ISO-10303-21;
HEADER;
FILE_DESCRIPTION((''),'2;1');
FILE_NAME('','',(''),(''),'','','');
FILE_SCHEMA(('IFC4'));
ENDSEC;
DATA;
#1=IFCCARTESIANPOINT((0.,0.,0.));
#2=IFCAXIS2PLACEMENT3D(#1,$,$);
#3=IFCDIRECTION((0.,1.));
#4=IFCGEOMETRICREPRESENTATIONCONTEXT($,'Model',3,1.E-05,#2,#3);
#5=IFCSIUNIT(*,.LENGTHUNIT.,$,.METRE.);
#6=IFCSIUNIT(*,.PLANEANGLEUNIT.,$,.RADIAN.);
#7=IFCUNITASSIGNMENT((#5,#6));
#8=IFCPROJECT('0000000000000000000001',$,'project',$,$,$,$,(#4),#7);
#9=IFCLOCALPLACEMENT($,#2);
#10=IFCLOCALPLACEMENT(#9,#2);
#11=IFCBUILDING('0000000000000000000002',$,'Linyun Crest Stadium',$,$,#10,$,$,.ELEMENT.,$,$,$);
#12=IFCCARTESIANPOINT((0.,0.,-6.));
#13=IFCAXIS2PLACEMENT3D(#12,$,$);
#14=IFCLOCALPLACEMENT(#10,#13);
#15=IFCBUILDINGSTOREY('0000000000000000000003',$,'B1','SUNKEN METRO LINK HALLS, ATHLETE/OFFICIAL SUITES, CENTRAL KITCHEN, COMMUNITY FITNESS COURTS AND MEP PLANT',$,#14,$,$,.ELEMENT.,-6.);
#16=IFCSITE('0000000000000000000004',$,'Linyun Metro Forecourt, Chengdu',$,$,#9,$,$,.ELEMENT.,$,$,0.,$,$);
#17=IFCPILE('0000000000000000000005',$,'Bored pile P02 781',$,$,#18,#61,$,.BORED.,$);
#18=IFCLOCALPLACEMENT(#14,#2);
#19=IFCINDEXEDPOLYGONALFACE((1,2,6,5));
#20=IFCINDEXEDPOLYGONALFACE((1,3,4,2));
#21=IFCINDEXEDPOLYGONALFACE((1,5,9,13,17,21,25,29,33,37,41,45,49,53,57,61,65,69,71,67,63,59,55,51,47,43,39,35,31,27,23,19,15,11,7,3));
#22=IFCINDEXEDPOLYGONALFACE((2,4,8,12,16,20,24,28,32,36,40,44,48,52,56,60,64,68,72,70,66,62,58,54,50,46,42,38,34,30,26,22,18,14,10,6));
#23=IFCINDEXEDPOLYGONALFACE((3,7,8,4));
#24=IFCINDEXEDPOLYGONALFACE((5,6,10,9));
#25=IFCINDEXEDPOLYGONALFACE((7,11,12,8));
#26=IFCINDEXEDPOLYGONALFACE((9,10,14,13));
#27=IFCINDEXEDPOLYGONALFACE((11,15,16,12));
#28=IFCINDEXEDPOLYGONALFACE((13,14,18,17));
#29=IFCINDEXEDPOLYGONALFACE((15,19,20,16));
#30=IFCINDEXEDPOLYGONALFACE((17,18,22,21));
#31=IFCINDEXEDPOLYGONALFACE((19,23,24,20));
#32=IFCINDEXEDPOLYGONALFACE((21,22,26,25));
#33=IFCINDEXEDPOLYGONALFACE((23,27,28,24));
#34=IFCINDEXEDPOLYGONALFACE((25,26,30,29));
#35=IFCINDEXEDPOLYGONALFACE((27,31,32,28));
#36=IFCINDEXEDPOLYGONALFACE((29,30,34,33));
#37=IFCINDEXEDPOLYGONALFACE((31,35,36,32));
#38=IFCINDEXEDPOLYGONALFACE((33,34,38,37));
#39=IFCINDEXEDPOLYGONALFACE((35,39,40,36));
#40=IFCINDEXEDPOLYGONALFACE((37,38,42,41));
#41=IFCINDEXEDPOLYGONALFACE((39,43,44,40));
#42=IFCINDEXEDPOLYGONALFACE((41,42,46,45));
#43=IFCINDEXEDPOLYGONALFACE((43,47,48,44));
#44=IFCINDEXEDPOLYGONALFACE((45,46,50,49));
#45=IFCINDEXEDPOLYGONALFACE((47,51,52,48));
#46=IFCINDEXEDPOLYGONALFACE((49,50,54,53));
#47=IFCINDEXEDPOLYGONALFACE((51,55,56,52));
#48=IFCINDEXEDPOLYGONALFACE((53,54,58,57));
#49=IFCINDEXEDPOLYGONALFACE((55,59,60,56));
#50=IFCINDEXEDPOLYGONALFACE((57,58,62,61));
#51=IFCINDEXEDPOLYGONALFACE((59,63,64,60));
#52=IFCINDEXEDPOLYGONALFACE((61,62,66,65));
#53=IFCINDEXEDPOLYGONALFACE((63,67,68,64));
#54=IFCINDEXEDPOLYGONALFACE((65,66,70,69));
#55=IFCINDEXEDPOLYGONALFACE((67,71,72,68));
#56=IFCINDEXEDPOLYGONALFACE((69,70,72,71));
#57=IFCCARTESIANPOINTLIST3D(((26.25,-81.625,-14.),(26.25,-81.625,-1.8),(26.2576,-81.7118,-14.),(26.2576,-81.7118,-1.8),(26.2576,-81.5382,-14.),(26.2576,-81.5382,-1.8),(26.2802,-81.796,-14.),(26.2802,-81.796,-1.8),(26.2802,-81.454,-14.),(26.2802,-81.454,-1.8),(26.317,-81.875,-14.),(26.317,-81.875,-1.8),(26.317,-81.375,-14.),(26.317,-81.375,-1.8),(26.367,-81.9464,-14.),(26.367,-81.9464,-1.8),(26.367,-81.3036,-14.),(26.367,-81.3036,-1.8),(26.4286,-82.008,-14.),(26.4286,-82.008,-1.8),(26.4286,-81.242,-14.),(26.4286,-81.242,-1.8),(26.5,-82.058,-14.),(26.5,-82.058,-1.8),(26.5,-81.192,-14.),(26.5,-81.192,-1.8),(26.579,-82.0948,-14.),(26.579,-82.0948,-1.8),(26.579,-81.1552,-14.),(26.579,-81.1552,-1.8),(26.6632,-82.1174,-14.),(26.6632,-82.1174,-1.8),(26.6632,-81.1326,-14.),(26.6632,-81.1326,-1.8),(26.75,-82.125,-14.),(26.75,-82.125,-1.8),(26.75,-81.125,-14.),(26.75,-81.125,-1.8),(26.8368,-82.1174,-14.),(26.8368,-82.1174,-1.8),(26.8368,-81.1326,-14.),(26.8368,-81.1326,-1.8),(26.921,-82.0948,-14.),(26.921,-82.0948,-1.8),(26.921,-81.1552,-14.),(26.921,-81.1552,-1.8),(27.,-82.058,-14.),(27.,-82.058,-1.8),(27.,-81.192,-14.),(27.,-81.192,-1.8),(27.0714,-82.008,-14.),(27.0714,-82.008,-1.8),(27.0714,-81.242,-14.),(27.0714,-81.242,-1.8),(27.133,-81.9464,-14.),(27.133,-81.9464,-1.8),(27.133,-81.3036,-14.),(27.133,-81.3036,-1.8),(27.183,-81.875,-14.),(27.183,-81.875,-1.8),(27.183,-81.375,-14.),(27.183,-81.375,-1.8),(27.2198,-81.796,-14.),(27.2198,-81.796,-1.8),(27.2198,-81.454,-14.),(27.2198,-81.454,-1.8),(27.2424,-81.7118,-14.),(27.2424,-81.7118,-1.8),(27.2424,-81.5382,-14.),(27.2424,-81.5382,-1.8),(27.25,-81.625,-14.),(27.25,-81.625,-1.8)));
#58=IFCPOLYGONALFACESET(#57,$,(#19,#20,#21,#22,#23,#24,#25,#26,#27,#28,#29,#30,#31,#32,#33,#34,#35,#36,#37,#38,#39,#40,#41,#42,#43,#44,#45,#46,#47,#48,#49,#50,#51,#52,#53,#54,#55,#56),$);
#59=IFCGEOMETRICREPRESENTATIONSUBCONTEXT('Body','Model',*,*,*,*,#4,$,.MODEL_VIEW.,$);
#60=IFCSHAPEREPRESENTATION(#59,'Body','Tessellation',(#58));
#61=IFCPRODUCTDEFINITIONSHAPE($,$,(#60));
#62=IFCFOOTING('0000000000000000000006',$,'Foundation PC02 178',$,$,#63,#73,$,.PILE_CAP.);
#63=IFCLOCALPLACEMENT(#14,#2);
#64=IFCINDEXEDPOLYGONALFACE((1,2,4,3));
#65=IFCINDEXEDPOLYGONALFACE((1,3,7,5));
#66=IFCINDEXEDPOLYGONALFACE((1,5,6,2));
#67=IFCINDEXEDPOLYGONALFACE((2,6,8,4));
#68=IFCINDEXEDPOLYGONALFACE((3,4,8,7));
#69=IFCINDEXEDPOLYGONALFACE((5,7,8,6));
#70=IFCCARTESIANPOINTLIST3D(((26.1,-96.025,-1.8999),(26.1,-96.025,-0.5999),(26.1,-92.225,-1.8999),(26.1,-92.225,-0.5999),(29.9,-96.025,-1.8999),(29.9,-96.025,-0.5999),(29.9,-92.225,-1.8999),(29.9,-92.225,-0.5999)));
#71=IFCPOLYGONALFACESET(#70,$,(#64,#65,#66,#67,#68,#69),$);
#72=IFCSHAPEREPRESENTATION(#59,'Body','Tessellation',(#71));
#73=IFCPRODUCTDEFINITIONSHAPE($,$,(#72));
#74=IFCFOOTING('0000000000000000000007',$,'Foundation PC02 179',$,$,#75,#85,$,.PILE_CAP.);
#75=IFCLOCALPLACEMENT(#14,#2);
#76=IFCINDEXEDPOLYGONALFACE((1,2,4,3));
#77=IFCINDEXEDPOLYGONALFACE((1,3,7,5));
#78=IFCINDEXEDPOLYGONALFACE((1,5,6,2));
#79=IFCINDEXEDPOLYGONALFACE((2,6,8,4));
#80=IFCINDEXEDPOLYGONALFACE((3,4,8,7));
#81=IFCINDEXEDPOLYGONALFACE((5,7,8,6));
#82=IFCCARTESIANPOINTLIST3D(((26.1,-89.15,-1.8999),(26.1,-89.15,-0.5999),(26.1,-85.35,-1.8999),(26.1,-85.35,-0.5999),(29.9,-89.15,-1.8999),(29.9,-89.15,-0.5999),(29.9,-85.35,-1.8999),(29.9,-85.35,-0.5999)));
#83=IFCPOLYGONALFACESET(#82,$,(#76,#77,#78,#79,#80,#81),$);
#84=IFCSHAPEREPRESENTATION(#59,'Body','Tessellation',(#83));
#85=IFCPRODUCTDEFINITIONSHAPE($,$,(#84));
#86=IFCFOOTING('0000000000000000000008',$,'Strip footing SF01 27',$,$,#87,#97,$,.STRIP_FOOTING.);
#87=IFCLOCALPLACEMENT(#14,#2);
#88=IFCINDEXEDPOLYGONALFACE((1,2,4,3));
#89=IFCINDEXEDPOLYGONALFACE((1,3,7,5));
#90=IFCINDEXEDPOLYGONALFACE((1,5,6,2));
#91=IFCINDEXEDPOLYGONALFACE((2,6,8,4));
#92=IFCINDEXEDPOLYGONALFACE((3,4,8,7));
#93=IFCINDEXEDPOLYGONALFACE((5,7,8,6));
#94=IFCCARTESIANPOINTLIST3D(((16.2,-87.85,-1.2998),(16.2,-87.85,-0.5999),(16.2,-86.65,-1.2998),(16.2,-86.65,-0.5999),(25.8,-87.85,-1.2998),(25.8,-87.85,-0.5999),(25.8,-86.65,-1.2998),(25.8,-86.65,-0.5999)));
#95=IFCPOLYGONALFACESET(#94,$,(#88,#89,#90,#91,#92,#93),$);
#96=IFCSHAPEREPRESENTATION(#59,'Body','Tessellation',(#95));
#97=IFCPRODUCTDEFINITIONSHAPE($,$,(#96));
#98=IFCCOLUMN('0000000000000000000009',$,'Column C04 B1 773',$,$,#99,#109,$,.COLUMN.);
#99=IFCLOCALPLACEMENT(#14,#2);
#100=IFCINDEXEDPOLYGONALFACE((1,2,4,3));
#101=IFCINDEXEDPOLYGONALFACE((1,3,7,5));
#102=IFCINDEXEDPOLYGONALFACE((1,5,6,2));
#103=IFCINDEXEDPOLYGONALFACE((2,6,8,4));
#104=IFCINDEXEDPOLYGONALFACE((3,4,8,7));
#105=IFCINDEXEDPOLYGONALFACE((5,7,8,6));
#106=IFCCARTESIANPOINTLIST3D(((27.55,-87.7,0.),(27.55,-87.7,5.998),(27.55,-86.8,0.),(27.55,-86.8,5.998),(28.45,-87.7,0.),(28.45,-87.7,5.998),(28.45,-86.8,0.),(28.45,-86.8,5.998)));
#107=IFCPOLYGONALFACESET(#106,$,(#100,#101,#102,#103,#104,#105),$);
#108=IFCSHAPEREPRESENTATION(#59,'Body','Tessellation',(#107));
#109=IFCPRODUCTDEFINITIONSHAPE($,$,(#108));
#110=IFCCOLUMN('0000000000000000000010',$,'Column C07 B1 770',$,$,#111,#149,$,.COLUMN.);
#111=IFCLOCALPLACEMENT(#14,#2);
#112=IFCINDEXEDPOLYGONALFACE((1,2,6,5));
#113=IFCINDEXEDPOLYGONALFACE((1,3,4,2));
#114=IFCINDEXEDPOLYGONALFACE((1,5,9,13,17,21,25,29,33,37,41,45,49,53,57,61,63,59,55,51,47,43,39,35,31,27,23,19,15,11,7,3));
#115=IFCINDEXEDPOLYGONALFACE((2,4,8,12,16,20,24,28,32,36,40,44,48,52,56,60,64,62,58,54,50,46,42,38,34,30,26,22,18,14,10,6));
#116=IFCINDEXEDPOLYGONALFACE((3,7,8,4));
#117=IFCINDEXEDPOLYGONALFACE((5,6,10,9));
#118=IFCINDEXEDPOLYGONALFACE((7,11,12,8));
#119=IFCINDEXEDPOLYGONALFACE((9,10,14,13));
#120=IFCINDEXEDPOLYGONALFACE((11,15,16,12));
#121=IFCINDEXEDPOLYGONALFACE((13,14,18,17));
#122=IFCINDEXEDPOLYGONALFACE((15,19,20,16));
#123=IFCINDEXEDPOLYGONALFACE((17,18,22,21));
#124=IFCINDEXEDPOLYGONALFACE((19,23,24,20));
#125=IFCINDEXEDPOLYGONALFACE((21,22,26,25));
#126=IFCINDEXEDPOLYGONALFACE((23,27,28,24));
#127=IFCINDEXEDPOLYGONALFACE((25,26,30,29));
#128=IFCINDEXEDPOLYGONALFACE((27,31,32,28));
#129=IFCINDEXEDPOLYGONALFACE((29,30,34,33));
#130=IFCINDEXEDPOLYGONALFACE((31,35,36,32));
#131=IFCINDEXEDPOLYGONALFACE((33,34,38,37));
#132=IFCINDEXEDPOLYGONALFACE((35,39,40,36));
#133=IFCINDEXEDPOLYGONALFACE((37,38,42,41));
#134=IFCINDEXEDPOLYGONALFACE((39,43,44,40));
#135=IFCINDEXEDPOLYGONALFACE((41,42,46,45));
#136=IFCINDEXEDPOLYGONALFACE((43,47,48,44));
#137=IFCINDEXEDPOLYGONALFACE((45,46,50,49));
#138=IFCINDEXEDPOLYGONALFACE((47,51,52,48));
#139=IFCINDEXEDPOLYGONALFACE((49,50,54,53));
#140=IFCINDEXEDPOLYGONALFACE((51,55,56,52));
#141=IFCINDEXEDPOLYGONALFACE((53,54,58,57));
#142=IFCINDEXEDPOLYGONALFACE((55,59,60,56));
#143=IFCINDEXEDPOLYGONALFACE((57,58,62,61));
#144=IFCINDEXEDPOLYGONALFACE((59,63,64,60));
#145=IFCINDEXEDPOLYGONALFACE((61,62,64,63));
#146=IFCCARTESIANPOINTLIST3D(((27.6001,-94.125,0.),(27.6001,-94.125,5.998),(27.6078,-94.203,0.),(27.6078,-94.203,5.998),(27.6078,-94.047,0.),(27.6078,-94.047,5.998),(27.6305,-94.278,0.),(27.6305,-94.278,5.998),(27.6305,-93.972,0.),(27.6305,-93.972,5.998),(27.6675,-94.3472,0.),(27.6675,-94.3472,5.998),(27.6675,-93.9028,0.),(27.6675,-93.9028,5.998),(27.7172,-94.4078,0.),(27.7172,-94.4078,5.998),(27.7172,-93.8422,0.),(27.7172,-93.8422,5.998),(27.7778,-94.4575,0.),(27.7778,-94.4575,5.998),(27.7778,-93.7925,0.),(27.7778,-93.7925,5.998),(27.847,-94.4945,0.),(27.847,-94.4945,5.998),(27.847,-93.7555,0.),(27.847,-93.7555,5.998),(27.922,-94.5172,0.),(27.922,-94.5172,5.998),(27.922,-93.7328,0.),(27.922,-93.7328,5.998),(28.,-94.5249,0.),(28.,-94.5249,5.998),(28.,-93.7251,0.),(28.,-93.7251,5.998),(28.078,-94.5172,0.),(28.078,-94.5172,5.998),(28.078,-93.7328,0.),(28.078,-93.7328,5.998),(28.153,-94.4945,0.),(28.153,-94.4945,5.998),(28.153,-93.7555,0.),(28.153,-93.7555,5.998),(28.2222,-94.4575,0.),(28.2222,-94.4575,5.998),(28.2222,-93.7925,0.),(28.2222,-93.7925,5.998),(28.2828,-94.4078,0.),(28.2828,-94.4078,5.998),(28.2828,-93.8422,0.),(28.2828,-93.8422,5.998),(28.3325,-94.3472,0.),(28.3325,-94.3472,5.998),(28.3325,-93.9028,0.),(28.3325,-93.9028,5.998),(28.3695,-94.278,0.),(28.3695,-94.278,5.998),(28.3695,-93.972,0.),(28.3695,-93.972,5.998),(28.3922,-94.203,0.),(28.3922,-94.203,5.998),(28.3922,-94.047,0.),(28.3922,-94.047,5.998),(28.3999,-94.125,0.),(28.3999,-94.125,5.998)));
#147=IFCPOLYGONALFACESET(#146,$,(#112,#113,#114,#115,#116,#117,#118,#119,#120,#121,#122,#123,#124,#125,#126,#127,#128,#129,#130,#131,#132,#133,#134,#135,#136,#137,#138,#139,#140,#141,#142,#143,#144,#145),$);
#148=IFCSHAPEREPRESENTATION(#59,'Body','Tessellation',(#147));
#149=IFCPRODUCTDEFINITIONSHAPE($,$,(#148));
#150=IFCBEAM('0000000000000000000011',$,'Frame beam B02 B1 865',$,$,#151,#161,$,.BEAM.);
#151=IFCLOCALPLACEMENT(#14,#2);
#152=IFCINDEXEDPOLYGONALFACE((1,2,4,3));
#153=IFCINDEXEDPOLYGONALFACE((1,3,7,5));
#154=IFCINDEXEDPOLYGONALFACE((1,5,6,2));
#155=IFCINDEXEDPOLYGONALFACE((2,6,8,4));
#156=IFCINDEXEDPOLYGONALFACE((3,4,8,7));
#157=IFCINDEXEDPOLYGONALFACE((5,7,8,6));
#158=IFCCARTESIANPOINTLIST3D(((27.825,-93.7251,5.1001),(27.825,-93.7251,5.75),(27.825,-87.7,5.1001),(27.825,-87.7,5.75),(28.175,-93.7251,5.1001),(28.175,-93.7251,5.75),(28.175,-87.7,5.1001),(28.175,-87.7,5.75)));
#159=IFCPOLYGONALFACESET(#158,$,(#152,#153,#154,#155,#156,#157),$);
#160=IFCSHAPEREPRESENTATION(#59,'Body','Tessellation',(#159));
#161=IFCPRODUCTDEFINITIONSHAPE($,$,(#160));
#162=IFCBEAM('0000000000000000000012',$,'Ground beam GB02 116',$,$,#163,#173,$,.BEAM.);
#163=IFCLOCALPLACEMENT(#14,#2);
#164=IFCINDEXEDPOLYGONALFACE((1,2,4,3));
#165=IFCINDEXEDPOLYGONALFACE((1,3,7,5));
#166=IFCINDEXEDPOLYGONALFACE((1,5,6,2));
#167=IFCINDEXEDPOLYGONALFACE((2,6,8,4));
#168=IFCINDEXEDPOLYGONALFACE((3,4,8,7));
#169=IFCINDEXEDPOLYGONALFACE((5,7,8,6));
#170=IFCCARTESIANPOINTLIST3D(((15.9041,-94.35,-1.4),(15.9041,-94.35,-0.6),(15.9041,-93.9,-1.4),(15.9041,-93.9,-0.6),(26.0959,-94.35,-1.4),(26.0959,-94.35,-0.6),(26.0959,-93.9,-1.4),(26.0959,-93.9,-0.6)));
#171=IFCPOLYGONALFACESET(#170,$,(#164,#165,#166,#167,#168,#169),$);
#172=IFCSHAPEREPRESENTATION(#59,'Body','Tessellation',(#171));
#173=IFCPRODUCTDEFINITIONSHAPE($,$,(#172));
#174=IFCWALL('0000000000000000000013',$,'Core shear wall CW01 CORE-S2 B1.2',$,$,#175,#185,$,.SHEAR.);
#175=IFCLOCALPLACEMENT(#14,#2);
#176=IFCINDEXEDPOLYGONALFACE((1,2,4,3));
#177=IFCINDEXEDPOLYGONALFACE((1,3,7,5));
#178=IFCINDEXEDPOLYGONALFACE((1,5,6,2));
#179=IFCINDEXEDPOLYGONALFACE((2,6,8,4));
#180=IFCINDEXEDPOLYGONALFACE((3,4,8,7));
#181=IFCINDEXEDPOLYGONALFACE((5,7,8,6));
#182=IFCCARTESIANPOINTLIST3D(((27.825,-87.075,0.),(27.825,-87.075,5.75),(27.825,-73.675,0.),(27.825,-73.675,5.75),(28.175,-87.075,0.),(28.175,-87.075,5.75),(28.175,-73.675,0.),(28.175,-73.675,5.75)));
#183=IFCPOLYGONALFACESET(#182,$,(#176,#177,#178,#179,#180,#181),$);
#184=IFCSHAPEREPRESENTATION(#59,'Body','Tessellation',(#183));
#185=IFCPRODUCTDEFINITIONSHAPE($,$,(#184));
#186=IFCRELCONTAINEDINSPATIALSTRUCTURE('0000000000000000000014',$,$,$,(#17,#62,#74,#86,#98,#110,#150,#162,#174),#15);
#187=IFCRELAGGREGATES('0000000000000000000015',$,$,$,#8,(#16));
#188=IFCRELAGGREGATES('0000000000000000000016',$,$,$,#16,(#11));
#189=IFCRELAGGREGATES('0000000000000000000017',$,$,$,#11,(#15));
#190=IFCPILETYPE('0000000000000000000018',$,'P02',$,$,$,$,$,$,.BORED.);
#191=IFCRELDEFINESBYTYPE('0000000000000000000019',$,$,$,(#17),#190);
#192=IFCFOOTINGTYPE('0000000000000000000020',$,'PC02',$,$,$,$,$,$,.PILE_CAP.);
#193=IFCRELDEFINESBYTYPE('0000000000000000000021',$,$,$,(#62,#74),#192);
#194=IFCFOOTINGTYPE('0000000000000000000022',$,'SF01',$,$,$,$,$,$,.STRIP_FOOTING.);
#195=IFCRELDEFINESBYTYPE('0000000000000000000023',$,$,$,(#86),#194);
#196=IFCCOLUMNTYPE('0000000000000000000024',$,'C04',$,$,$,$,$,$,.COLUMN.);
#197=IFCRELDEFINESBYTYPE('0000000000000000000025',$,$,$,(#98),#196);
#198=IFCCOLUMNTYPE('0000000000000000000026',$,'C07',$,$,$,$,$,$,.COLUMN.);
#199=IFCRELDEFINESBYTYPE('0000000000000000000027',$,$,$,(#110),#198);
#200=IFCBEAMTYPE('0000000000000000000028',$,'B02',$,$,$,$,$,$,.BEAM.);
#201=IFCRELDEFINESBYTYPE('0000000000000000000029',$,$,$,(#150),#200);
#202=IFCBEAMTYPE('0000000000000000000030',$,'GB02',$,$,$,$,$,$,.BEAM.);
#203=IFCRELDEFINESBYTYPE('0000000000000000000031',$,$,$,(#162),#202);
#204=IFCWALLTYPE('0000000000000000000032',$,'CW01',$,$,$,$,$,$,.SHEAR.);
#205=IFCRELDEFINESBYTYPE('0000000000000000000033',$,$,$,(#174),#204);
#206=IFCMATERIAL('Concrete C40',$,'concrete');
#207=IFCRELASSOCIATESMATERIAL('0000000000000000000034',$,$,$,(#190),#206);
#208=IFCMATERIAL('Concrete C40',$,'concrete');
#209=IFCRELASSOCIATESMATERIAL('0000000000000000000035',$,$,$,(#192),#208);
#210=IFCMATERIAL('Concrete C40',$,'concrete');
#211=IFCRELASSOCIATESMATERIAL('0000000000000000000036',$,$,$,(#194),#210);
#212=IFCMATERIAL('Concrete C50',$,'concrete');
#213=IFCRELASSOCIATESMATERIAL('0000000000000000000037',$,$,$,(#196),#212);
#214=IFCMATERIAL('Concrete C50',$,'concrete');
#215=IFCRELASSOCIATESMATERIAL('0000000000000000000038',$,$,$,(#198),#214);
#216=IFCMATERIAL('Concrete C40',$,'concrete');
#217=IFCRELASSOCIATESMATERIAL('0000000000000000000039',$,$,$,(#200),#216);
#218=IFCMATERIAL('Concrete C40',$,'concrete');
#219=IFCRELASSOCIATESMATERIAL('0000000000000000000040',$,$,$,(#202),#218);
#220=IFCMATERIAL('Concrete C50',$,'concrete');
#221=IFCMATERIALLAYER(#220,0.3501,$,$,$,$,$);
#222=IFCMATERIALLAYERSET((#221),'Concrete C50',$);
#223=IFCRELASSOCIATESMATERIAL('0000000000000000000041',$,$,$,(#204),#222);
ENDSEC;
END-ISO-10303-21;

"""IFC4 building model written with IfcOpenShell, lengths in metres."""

from ifc_helpers import new_model, si_unit, direction, frame, frame_2d, origin, origin_2d, place, context, subcontext, project, spatial, rectangle, circle, extrude, material, layer, layer_set, material_profile, profile_set, type_object, element, save


model = new_model("IFC4")

# Units and contexts
model_context = context("Model", 3, precision=1e-05, world=origin(), true_north=direction((0.0, 1.0)))
body_context = subcontext(model_context, "Body", "Model", "MODEL_VIEW")
ifc_project = project(units=[si_unit("LENGTHUNIT", "METRE"), si_unit("PLANEANGLEUNIT", "RADIAN")], contexts=[model_context])

# Site, building, storey
site_placement = place(None, origin())
site = spatial("IfcSite", under=ifc_project, at=site_placement, Name="Linyun Metro Forecourt, Chengdu", CompositionType="ELEMENT", RefElevation=0.0)
building_placement = place(site_placement, origin())
building = spatial("IfcBuilding", under=site, at=building_placement, Name="Linyun Crest Stadium", CompositionType="ELEMENT")
storey_placement = place(building_placement, frame((0.0, 0.0, -6.0)))
storey = spatial("IfcBuildingStorey", under=building, at=storey_placement, Name="B1", Description="SUNKEN METRO LINK HALLS, ATHLETE/OFFICIAL SUITES, CENTRAL KITCHEN, COMMUNITY FITNESS COURTS AND MEP PLANT", CompositionType="ELEMENT", Elevation=-6.0)

# Pile
ifc_material_1 = material(Name="Concrete C40", Category="concrete")
ifc_material_profile_1 = material_profile(ifc_material_1, circle(Radius=0.5, at=origin_2d()), Name="BORED PILE 1000")
ifc_profile_set_1 = profile_set([ifc_material_profile_1], Name="Concrete C40")
pile_type = type_object("IfcPileType", Name="P02", PredefinedType="BORED", material=ifc_profile_set_1)
for number, where, z_axis, x_axis, name in (
    (1, (26.75, -81.625, -1.8), (0.0, 0.0, -1.0), (1.0, 0.0, 0.0), "Bored pile P02 781"),
):
    element("IfcPile", number, at=place(storey_placement, frame(where, z_axis=z_axis, x_axis=x_axis)), inside=storey, type_object=pile_type, Name=name, PredefinedType="BORED", context=body_context, shape_type="SweptSolid", body=[
        extrude(circle(Radius=0.5, at=origin_2d()), origin(), (0.0, 0.0, 1.0), 12.2),
    ])

# Footings
ifc_material_2 = material(Name="Concrete C40", Category="concrete")
footing_type_1 = type_object("IfcFootingType", Name="PC02", PredefinedType="PILE_CAP", material=ifc_material_2)
for number, where, z_axis, x_axis, name in (
    (2, (28.0, -94.125, -1.8999), (0.0, 0.0, 1.0), (1.0, 0.0, 0.0), "Foundation PC02 178"),
    (3, (28.0, -87.25, -1.8999), (0.0, 0.0, 1.0), (1.0, 0.0, 0.0), "Foundation PC02 179"),
):
    element("IfcFooting", number, at=place(storey_placement, frame(where, z_axis=z_axis, x_axis=x_axis)), inside=storey, type_object=footing_type_1, Name=name, PredefinedType="PILE_CAP", context=body_context, shape_type="SweptSolid", body=[
        extrude(rectangle(XDim=3.8, YDim=3.8, at=origin_2d()), origin(), (0.0, 0.0, 1.0), 1.3),
    ])
ifc_material_3 = material(Name="Concrete C40", Category="concrete")
footing_type_2 = type_object("IfcFootingType", Name="SF01", PredefinedType="STRIP_FOOTING", material=ifc_material_3)
footing_placement = place(storey_placement, frame((21.0, -87.25, -1.2998), z_axis=(0.0, 0.0, 1.0), x_axis=(1.0, 0.0, 0.0)))
element("IfcFooting", 4, at=footing_placement, inside=storey, type_object=footing_type_2, Name="Strip footing SF01 27", PredefinedType="STRIP_FOOTING", context=body_context, shape_type="SweptSolid", body=[
    extrude(rectangle(XDim=9.6001, YDim=1.2, at=origin_2d()), origin(), (0.0, 0.0, 1.0), 0.7),
])

# Columns
ifc_material_4 = material(Name="Concrete C50", Category="concrete")
ifc_material_profile_2 = material_profile(ifc_material_4, rectangle(XDim=0.8999, YDim=0.8999, at=origin_2d()), Name="RC 900x900")
ifc_profile_set_2 = profile_set([ifc_material_profile_2], Name="Concrete C50")
column_type_1 = type_object("IfcColumnType", Name="C04", PredefinedType="COLUMN", material=ifc_profile_set_2)
column_1_placement = place(storey_placement, frame((28.0, -87.25, 0.0), z_axis=(0.0, 0.0, 1.0), x_axis=(1.0, 0.0, 0.0)))
element("IfcColumn", 5, at=column_1_placement, inside=storey, type_object=column_type_1, Name="Column C04 B1 773", PredefinedType="COLUMN", context=body_context, shape_type="SweptSolid", body=[
    extrude(rectangle(XDim=0.8999, YDim=0.8999, at=origin_2d()), origin(), (0.0, 0.0, 1.0), 5.998),
])
ifc_material_5 = material(Name="Concrete C50", Category="concrete")
ifc_material_profile_3 = material_profile(ifc_material_5, circle(Radius=0.3999, at=origin_2d()), Name="RC D800")
ifc_profile_set_3 = profile_set([ifc_material_profile_3], Name="Concrete C50")
column_type_2 = type_object("IfcColumnType", Name="C07", PredefinedType="COLUMN", material=ifc_profile_set_3)
column_2_placement = place(storey_placement, frame((28.0, -94.125, 0.0), z_axis=(0.0, 0.0, 1.0), x_axis=(1.0, 0.0, 0.0)))
element("IfcColumn", 6, at=column_2_placement, inside=storey, type_object=column_type_2, Name="Column C07 B1 770", PredefinedType="COLUMN", context=body_context, shape_type="SweptSolid", body=[
    extrude(circle(Radius=0.3999, at=origin_2d()), origin(), (0.0, 0.0, 1.0), 5.998),
])

# Beams
ifc_material_6 = material(Name="Concrete C40", Category="concrete")
ifc_material_profile_4 = material_profile(ifc_material_6, rectangle(XDim=0.3501, YDim=0.6499, at=origin_2d()), Name="RCB 650x350")
ifc_profile_set_4 = profile_set([ifc_material_profile_4], Name="Concrete C40")
beam_type_1 = type_object("IfcBeamType", Name="B02", PredefinedType="BEAM", material=ifc_profile_set_4)
beam_1_placement = place(storey_placement, frame((28.0, -93.7251, 5.425), z_axis=(0.0, 1.0, 0.0), x_axis=(-1.0, 0.0, 0.0)))
element("IfcBeam", 7, at=beam_1_placement, inside=storey, type_object=beam_type_1, Name="Frame beam B02 B1 865", PredefinedType="BEAM", context=body_context, shape_type="SweptSolid", body=[
    extrude(rectangle(XDim=0.3501, YDim=0.6499, at=origin_2d()), origin(), (0.0, 0.0, 1.0), 6.0251),
])
ifc_material_7 = material(Name="Concrete C40", Category="concrete")
ifc_material_profile_5 = material_profile(ifc_material_7, rectangle(XDim=0.45, YDim=0.8, at=origin_2d()), Name="RCB 800x450")
ifc_profile_set_5 = profile_set([ifc_material_profile_5], Name="Concrete C40")
beam_type_2 = type_object("IfcBeamType", Name="GB02", PredefinedType="BEAM", material=ifc_profile_set_5)
beam_2_placement = place(storey_placement, frame((15.9041, -94.125, -1.0), z_axis=(1.0, 0.0, 0.0), x_axis=(0.0, 1.0, 0.0)))
element("IfcBeam", 8, at=beam_2_placement, inside=storey, type_object=beam_type_2, Name="Ground beam GB02 116", PredefinedType="BEAM", context=body_context, shape_type="SweptSolid", body=[
    extrude(rectangle(XDim=0.45, YDim=0.8, at=origin_2d()), origin(), (0.0, 0.0, 1.0), 10.1919),
])

# Wall
ifc_material_8 = material(Name="Concrete C50", Category="concrete")
ifc_layer_1 = layer(ifc_material_8, 0.3501)
ifc_layer_set_1 = layer_set([ifc_layer_1], Name="Concrete C50")
wall_type_1 = type_object("IfcWallType", Name="CW01", PredefinedType="SHEAR", material=ifc_layer_set_1)
wall_1_placement = place(storey_placement, frame((28.0, -87.075, 0.0), z_axis=(0.0, 0.0, 1.0), x_axis=(0.0, 1.0, 0.0)))
element("IfcWall", 9, at=wall_1_placement, inside=storey, type_object=wall_type_1, Name="Core shear wall CW01 CORE-S2 B1.2", PredefinedType="SHEAR", context=body_context, shape_type="SweptSolid", body=[
    extrude(rectangle(XDim=13.3999, YDim=0.3501, at=frame_2d((6.7, 0.0))), origin(), (0.0, 0.0, 1.0), 5.75),
])

save(model, "model.ifc")
